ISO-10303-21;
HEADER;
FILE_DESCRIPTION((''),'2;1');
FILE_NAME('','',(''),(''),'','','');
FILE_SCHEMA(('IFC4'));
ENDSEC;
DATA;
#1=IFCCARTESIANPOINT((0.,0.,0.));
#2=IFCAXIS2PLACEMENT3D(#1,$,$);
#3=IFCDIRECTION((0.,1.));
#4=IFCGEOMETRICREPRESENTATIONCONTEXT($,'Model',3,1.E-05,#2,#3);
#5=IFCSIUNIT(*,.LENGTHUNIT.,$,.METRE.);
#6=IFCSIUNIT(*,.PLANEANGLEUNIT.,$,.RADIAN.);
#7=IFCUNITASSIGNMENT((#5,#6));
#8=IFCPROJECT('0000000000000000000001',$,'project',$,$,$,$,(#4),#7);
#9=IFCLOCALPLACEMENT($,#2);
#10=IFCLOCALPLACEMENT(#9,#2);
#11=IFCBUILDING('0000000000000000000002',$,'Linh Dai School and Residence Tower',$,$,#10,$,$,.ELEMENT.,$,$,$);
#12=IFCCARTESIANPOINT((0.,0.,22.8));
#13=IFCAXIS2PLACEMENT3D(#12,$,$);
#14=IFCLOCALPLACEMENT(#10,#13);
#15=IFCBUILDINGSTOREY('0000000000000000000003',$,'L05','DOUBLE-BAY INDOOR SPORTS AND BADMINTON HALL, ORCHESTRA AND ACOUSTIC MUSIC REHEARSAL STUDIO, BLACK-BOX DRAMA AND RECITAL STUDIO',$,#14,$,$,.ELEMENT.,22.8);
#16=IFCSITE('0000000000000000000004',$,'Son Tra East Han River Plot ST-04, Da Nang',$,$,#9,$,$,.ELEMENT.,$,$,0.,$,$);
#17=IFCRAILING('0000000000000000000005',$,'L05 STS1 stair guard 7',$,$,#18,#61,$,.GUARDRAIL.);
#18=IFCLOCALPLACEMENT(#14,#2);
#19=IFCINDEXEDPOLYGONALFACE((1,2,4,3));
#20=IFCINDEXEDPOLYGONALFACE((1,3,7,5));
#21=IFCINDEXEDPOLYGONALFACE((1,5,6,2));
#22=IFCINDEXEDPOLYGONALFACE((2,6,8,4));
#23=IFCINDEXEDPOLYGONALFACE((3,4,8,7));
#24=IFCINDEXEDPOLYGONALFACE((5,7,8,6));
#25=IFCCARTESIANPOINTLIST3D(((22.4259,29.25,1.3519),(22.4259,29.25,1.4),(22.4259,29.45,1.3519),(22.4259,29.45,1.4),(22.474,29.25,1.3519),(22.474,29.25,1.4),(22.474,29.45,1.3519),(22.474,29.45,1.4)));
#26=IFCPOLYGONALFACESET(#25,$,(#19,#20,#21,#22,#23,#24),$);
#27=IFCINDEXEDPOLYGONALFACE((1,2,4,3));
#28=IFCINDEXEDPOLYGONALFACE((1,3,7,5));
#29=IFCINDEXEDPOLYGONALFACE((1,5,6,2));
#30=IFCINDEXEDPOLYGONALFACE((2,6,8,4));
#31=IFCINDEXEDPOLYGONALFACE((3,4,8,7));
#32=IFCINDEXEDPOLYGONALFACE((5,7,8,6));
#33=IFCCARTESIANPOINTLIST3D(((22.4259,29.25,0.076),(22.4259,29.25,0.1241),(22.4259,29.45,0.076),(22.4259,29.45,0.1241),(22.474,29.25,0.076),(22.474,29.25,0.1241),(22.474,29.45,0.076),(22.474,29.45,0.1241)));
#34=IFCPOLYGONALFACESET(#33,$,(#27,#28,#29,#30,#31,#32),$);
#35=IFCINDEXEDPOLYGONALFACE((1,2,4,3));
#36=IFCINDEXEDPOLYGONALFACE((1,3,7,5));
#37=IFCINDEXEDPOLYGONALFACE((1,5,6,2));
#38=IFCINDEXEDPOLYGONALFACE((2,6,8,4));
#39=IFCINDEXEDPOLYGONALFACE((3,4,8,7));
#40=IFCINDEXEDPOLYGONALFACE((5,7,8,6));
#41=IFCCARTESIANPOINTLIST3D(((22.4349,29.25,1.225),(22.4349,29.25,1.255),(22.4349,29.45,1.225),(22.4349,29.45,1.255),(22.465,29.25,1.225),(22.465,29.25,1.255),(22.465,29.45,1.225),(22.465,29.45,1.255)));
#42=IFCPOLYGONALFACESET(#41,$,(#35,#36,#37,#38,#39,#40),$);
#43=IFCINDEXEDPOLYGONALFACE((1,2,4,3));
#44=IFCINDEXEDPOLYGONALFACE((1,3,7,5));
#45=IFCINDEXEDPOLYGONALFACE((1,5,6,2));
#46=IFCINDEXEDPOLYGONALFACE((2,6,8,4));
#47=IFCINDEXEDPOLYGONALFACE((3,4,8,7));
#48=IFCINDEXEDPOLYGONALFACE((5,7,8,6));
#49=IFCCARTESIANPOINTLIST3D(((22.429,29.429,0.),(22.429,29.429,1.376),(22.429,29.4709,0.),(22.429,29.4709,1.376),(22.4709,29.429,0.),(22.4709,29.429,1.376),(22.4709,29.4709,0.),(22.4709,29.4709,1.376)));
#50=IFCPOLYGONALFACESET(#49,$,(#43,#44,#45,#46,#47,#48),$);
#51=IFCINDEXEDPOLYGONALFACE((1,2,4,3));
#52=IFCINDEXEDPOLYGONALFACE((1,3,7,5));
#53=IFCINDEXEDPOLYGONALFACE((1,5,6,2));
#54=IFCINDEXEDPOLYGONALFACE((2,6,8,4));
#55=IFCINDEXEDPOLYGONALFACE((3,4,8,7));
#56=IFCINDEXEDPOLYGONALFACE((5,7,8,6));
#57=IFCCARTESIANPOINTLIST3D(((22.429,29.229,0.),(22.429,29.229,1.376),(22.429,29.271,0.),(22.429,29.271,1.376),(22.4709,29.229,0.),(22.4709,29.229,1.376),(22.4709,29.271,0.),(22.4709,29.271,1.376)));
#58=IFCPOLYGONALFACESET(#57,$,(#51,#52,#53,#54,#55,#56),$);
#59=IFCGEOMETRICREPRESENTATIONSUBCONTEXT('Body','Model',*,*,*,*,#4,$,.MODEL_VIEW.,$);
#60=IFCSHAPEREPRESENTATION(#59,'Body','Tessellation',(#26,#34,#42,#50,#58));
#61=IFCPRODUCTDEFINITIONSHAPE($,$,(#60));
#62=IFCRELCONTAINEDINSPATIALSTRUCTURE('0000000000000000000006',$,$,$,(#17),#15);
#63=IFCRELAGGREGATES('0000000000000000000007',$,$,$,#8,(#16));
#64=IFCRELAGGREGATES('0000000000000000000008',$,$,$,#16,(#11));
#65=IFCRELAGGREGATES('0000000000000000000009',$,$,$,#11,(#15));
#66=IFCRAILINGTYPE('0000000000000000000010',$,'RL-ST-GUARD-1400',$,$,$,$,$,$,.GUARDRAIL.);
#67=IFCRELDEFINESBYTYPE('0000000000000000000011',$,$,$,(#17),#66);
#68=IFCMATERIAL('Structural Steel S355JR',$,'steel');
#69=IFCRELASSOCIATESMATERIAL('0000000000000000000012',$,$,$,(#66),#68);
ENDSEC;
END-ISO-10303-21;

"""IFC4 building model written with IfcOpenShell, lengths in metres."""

from ifc_helpers import new_model, si_unit, direction, frame, origin, origin_2d, place, context, subcontext, project, spatial, rectangle, extrude, source, transform, mapped, material, type_object, element, save


model = new_model("IFC4")

# Units and contexts
model_context = context("Model", 3, precision=1e-05, world=origin(), true_north=direction((0.0, 1.0)))
body_context = subcontext(model_context, "Body", "Model", "MODEL_VIEW")
ifc_project = project(units=[si_unit("LENGTHUNIT", "METRE"), si_unit("PLANEANGLEUNIT", "RADIAN")], contexts=[model_context])

# Site, building, storey
site_placement = place(None, origin())
site = spatial("IfcSite", under=ifc_project, at=site_placement, Name="Son Tra East Han River Plot ST-04, Da Nang", CompositionType="ELEMENT", RefElevation=0.0)
building_placement = place(site_placement, origin())
building = spatial("IfcBuilding", under=site, at=building_placement, Name="Linh Dai School and Residence Tower", CompositionType="ELEMENT")
storey_placement = place(building_placement, frame((0.0, 0.0, 22.8)))
storey = spatial("IfcBuildingStorey", under=building, at=storey_placement, Name="L05", Description="DOUBLE-BAY INDOOR SPORTS AND BADMINTON HALL, ORCHESTRA AND ACOUSTIC MUSIC REHEARSAL STUDIO, BLACK-BOX DRAMA AND RECITAL STUDIO", CompositionType="ELEMENT", Elevation=22.8)

# Shared definitions
ifc_material_1 = material(Name="Structural Steel S355JR", Category="steel")

# Railing
railing_type_1 = type_object("IfcRailingType", Name="RL-ST-GUARD-1400", PredefinedType="GUARDRAIL", material=ifc_material_1)
shared_shape_1 = source(origin(), body_context, "Body", "SweptSolid", [
    extrude(rectangle(XDim=0.0481, YDim=0.0481, at=origin_2d()), frame((0.0, 0.0, 1.376), z_axis=(0.0, -1.0, 0.0), x_axis=(1.0, 0.0, 0.0)), (0.0, 0.0, 1.0), 0.2),
    extrude(rectangle(XDim=0.0481, YDim=0.0481, at=origin_2d()), frame((0.0, 0.0, 0.1001), z_axis=(0.0, -1.0, 0.0), x_axis=(1.0, 0.0, 0.0)), (0.0, 0.0, 1.0), 0.2),
    extrude(rectangle(XDim=0.03, YDim=0.03, at=origin_2d()), frame((0.0, 0.0, 1.24), z_axis=(0.0, -1.0, 0.0), x_axis=(1.0, 0.0, 0.0)), (0.0, 0.0, 1.0), 0.2),
    extrude(rectangle(XDim=0.042, YDim=0.042, at=origin_2d()), origin(), (0.0, 0.0, 1.0), 1.376),
    extrude(rectangle(XDim=0.042, YDim=0.042, at=origin_2d()), frame((0.0, -0.2, 0.0)), (0.0, 0.0, 1.0), 1.376),
])
for number, where, name in (
    (1, (22.45, 29.45, 0.0), "L05 STS1 stair guard 7"),
):
    element("IfcRailing", number, at=place(storey_placement, frame(where)), inside=storey, type_object=railing_type_1, Name=name, PredefinedType="GUARDRAIL", context=body_context, shape_type="MappedRepresentation", body=[
        mapped(shared_shape_1, transform((0.0, 0.0, 0.0), x_axis=(1.0, 0.0, 0.0), y_axis=(0.0, 1.0, 0.0), z_axis=(0.0, 0.0, 1.0), scale=1.0)),
    ])

save(model, "model.ifc")
